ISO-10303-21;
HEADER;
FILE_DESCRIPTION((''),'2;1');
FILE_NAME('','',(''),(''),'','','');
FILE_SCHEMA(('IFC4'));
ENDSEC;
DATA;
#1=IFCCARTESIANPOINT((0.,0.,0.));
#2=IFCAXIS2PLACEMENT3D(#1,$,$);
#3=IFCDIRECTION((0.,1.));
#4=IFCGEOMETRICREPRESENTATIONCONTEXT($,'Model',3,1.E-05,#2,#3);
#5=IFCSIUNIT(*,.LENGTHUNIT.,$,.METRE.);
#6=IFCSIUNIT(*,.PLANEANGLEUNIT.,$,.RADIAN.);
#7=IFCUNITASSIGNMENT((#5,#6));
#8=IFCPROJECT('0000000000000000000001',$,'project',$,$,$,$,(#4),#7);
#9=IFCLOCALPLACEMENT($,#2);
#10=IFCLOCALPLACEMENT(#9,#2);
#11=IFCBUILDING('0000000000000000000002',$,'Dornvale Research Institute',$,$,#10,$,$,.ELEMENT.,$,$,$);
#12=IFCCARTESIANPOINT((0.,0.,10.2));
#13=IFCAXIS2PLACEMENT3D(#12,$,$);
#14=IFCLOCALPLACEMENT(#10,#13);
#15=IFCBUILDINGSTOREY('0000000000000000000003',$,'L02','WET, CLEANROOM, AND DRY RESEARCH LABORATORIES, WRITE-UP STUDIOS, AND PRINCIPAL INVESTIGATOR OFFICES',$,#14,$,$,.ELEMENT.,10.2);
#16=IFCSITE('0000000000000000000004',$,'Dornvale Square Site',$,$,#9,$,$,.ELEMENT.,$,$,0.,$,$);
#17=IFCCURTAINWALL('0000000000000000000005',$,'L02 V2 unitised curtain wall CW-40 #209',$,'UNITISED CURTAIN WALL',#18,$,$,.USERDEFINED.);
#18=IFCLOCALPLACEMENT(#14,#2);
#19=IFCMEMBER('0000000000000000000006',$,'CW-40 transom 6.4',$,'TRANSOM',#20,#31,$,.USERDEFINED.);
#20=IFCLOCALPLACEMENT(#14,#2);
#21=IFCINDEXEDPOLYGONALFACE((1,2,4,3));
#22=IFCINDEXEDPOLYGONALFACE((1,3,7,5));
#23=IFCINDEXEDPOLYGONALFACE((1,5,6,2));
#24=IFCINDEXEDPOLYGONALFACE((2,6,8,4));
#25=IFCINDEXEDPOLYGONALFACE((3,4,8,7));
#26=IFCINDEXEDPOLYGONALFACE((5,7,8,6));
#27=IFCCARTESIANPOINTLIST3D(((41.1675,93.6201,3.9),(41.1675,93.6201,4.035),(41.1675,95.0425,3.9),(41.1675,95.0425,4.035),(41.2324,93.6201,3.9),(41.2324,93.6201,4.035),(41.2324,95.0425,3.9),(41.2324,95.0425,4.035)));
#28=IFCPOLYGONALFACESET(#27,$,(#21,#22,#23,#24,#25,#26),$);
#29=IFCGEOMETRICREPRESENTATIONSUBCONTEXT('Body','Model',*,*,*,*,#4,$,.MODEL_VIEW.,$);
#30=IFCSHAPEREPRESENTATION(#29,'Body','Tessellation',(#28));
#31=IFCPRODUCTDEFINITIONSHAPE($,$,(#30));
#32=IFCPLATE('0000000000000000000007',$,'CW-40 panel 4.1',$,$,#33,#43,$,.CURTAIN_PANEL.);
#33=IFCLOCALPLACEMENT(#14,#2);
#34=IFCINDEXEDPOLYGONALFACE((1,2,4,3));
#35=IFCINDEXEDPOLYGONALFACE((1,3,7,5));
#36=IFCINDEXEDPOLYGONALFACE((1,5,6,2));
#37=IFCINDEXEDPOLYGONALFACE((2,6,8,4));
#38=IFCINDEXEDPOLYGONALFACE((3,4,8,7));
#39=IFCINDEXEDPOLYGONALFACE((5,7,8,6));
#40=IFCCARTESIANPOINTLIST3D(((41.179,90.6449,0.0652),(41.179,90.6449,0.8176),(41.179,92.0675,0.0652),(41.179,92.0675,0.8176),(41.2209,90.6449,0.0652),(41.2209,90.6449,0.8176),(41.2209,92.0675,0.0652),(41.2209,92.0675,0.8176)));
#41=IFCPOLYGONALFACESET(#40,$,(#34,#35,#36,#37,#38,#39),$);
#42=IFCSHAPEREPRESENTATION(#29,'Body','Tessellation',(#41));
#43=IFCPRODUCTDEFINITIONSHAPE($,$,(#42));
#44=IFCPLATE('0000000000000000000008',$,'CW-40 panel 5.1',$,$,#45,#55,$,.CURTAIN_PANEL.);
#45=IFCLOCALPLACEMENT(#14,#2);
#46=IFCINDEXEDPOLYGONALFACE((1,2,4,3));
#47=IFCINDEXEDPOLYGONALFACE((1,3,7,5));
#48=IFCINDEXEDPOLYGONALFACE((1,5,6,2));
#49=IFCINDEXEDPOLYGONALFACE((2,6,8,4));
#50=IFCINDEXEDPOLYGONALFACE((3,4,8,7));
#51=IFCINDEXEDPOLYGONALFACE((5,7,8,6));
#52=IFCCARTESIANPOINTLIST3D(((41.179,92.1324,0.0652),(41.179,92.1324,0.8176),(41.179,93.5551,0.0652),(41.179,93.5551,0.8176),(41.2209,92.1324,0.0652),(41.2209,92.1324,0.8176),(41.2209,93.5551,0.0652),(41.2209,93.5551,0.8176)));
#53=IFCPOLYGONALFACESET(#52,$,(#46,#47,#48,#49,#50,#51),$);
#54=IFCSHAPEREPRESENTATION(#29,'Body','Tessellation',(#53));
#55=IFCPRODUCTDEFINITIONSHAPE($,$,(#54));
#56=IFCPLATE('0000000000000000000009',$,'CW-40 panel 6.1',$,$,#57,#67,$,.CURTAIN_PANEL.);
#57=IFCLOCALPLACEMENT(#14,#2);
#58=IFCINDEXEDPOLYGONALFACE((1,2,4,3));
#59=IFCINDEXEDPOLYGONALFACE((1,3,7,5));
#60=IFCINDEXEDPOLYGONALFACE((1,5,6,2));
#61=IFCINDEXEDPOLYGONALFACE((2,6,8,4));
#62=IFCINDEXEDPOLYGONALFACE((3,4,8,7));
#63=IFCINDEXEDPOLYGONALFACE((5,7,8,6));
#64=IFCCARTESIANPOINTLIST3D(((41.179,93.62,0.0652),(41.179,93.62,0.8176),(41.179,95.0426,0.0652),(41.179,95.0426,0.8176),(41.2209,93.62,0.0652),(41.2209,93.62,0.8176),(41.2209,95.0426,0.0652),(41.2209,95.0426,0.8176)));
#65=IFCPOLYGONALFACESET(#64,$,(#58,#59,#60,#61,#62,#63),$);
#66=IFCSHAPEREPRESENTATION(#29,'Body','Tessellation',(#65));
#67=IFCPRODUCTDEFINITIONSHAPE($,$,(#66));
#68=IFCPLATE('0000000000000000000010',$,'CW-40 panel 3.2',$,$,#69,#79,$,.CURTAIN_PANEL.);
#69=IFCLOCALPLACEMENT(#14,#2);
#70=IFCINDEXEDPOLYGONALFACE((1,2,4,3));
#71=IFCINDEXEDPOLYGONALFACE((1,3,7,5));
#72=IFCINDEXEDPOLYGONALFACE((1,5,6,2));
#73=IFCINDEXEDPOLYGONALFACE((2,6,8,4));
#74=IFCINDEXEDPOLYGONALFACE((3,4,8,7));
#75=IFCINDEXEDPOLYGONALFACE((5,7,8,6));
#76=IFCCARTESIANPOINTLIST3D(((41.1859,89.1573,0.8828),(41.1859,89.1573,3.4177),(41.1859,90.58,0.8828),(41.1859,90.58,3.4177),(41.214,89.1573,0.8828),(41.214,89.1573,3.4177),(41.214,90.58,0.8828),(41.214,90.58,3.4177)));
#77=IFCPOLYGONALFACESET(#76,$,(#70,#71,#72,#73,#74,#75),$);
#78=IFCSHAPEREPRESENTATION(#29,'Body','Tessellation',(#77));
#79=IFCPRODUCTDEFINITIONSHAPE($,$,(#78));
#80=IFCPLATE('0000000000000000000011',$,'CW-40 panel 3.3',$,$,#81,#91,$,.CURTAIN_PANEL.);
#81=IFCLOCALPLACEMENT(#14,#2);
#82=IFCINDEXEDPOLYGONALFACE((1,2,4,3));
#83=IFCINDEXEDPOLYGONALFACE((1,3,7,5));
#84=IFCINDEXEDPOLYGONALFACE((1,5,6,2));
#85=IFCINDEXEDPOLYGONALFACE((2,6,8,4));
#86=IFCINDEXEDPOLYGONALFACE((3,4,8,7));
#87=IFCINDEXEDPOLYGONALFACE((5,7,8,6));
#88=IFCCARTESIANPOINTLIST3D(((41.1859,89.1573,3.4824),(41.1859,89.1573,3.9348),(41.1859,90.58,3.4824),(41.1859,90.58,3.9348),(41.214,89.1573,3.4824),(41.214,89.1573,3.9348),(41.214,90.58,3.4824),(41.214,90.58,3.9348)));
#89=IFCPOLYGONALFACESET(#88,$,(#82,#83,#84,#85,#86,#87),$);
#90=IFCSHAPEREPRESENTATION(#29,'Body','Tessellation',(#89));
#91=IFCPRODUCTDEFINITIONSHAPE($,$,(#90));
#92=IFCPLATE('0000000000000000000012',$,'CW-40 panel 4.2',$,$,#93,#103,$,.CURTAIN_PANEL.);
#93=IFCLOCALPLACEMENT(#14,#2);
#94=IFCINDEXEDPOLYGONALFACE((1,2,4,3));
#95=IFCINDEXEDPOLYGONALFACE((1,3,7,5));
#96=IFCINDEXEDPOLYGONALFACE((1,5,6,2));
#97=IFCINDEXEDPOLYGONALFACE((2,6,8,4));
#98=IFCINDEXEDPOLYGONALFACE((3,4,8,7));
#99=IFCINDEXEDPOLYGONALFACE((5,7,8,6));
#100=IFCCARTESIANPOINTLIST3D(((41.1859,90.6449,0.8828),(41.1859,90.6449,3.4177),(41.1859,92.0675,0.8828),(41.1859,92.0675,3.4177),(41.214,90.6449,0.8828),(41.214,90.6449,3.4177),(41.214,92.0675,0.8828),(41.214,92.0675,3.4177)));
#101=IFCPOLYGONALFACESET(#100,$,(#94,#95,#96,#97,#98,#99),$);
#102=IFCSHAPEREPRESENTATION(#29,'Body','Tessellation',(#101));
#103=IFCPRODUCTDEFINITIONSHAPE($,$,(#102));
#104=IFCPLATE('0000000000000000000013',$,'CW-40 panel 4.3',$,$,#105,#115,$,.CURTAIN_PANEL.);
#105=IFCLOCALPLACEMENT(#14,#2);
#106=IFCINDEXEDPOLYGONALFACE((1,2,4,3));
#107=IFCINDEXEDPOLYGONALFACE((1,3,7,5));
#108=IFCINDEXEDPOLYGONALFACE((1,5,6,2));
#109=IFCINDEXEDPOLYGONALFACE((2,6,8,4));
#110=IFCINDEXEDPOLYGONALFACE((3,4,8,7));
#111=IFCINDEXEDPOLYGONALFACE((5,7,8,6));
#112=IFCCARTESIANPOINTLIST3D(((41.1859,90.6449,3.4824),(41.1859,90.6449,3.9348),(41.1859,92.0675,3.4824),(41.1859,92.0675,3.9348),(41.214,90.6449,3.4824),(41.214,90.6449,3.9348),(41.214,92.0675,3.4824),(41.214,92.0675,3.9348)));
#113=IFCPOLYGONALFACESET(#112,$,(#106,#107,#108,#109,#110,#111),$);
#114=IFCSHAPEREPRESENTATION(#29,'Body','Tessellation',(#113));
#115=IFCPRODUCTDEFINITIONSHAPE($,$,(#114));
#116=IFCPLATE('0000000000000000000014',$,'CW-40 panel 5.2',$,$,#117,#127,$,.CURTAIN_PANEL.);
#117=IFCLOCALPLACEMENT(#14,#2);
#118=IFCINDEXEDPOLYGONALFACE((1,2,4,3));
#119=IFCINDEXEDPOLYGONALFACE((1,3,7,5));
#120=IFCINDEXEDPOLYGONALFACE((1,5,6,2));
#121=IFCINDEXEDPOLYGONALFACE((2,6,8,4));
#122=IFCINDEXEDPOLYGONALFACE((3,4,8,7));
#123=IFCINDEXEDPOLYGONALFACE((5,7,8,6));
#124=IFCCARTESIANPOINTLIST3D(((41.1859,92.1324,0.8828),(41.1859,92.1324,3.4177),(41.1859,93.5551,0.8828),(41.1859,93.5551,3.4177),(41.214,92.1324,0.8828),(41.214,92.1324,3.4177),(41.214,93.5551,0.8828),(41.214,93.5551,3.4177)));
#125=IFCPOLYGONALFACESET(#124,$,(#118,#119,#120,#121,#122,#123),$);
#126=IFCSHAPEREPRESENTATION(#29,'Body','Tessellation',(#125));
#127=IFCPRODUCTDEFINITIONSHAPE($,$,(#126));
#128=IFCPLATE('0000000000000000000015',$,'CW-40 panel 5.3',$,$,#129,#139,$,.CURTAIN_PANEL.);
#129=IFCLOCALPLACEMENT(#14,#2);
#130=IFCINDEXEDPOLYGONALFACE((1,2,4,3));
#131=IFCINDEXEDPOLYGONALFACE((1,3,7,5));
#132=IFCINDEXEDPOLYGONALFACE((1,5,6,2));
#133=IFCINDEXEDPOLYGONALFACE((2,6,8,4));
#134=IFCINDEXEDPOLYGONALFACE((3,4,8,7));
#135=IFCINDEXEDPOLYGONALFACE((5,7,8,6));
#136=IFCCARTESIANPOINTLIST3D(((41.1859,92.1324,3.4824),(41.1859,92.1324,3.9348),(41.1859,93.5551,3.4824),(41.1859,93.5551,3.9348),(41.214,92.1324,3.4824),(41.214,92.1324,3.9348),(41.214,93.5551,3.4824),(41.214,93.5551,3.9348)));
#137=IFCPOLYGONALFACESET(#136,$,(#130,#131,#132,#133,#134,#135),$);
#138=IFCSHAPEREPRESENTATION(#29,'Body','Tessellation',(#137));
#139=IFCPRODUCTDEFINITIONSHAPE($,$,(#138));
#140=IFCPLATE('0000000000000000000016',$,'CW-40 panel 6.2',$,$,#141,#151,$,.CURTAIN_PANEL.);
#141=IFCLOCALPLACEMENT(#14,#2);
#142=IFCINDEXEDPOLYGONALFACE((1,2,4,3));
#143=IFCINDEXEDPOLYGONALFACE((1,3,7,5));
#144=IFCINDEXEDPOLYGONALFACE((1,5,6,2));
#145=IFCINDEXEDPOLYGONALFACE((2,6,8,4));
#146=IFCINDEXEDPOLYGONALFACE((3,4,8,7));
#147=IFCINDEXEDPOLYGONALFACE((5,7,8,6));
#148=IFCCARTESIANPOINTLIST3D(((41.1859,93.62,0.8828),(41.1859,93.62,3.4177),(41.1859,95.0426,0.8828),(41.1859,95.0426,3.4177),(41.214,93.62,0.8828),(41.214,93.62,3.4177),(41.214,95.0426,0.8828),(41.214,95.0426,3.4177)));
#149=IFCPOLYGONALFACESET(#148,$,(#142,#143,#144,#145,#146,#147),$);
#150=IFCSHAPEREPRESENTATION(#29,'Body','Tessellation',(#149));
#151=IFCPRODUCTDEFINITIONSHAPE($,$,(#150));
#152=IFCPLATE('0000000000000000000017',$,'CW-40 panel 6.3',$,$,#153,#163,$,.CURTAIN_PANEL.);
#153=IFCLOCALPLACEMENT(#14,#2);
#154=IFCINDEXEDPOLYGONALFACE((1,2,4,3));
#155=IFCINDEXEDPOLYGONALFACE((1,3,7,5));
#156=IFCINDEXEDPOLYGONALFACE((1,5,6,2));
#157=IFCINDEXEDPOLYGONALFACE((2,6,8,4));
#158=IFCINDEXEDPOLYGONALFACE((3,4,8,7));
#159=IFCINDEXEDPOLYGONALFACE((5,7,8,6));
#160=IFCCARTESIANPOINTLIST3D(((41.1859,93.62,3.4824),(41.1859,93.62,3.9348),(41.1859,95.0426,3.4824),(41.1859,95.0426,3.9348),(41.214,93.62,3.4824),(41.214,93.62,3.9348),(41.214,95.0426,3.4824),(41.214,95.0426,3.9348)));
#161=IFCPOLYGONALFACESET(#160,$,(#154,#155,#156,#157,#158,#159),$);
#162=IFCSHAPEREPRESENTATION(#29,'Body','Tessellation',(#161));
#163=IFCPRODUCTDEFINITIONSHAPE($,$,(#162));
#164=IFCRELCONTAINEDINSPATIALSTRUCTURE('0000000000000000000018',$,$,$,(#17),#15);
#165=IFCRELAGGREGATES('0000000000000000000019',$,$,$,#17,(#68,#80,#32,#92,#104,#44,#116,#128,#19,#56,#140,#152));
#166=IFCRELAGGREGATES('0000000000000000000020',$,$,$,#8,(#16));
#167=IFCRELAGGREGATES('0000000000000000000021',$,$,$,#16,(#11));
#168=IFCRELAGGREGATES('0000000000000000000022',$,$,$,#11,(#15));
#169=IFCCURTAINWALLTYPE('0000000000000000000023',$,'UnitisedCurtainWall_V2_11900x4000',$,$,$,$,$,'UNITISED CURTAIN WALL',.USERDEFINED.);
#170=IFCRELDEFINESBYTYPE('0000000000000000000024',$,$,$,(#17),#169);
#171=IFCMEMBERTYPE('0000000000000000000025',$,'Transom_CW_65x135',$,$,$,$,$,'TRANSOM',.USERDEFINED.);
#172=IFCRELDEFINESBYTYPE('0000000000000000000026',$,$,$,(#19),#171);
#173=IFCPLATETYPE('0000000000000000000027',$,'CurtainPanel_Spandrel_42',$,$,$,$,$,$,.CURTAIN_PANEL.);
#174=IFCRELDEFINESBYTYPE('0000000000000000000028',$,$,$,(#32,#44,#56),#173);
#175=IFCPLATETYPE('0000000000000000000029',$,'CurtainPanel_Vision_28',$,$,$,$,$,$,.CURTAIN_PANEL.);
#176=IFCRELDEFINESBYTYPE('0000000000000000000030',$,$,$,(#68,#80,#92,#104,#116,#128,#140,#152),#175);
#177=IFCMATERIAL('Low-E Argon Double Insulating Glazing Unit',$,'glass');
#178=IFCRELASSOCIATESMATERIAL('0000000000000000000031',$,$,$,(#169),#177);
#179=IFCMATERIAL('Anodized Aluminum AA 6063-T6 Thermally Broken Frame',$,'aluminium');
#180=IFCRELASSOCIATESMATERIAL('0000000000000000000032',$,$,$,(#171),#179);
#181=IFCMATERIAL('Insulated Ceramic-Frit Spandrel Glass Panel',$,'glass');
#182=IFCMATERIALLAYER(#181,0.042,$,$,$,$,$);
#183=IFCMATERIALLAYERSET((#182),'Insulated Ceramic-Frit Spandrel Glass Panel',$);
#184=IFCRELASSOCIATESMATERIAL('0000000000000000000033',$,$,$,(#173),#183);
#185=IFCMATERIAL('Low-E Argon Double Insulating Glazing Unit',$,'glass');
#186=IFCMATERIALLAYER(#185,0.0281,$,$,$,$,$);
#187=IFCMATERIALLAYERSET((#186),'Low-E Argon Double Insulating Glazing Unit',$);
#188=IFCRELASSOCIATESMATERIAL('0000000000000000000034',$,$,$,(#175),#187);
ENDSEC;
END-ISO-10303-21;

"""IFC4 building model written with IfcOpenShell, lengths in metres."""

from ifc_helpers import new_model, si_unit, direction, frame, origin, origin_2d, place, context, subcontext, project, spatial, rectangle, extrude, material, layer, layer_set, material_profile, profile_set, type_object, element, aggregate, save


model = new_model("IFC4")

# Units and contexts
model_context = context("Model", 3, precision=1e-05, world=origin(), true_north=direction((0.0, 1.0)))
body_context = subcontext(model_context, "Body", "Model", "MODEL_VIEW")
ifc_project = project(units=[si_unit("LENGTHUNIT", "METRE"), si_unit("PLANEANGLEUNIT", "RADIAN")], contexts=[model_context])

# Site, building, storey
site_placement = place(None, origin())
site = spatial("IfcSite", under=ifc_project, at=site_placement, Name="Dornvale Square Site", CompositionType="ELEMENT", RefElevation=0.0)
building_placement = place(site_placement, origin())
building = spatial("IfcBuilding", under=site, at=building_placement, Name="Dornvale Research Institute", CompositionType="ELEMENT")
storey_placement = place(building_placement, frame((0.0, 0.0, 10.2)))
storey = spatial("IfcBuildingStorey", under=building, at=storey_placement, Name="L02", Description="WET, CLEANROOM, AND DRY RESEARCH LABORATORIES, WRITE-UP STUDIOS, AND PRINCIPAL INVESTIGATOR OFFICES", CompositionType="ELEMENT", Elevation=10.2)

# Curtain wall, member, plates
ifc_material_1 = material(Name="Low-E Argon Double Insulating Glazing Unit", Category="glass")
curtain_wall_type = type_object("IfcCurtainWallType", Name="UnitisedCurtainWall_V2_11900x4000", ElementType="UNITISED CURTAIN WALL", PredefinedType="USERDEFINED", material=ifc_material_1)
curtain_wall_placement = place(storey_placement, origin())
curtain_wall = element("IfcCurtainWall", 1, at=curtain_wall_placement, inside=storey, type_object=curtain_wall_type, Name="L02 V2 unitised curtain wall CW-40 #209", ObjectType="UNITISED CURTAIN WALL", PredefinedType="USERDEFINED")
ifc_material_2 = material(Name="Anodized Aluminum AA 6063-T6 Thermally Broken Frame", Category="aluminium")
ifc_material_profile_1 = material_profile(ifc_material_2, rectangle(XDim=0.0649, YDim=0.135, at=origin_2d()), Name="ALU TRANSOM 65x135")
ifc_profile_set_1 = profile_set([ifc_material_profile_1], Name="Anodized Aluminum AA 6063-T6 Thermally Broken Frame")
member_type_1 = type_object("IfcMemberType", Name="Transom_CW_65x135", ElementType="TRANSOM", PredefinedType="USERDEFINED", material=ifc_profile_set_1)
member_1_placement = place(storey_placement, frame((41.2, 93.6201, 3.9675), z_axis=(0.0, 1.0, 0.0), x_axis=(-1.0, 0.0, 0.0)))
member_1 = element("IfcMember", 2, at=member_1_placement, type_object=member_type_1, Name="CW-40 transom 6.4", ObjectType="TRANSOM", PredefinedType="USERDEFINED", context=body_context, shape_type="SweptSolid", body=[
    extrude(rectangle(XDim=0.0649, YDim=0.135, at=origin_2d()), origin(), (0.0, 0.0, 1.0), 1.4224),
])
ifc_material_3 = material(Name="Insulated Ceramic-Frit Spandrel Glass Panel", Category="glass")
ifc_layer_1 = layer(ifc_material_3, 0.042)
ifc_layer_set_1 = layer_set([ifc_layer_1], Name="Insulated Ceramic-Frit Spandrel Glass Panel")
plate_type_1 = type_object("IfcPlateType", Name="CurtainPanel_Spandrel_42", PredefinedType="CURTAIN_PANEL", material=ifc_layer_set_1)
plate_1_placement = place(storey_placement, frame((41.2, 91.3562, 0.0652), z_axis=(0.0, 0.0, 1.0), x_axis=(0.0, 1.0, 0.0)))
plate_1 = element("IfcPlate", 3, at=plate_1_placement, type_object=plate_type_1, Name="CW-40 panel 4.1", PredefinedType="CURTAIN_PANEL", context=body_context, shape_type="SweptSolid", body=[
    extrude(rectangle(XDim=1.4226, YDim=0.042, at=origin_2d()), origin(), (0.0, 0.0, 1.0), 0.7524),
])
plate_2_placement = place(storey_placement, frame((41.2, 92.8438, 0.0652), z_axis=(0.0, 0.0, 1.0), x_axis=(0.0, 1.0, 0.0)))
plate_2 = element("IfcPlate", 4, at=plate_2_placement, type_object=plate_type_1, Name="CW-40 panel 5.1", PredefinedType="CURTAIN_PANEL", context=body_context, shape_type="SweptSolid", body=[
    extrude(rectangle(XDim=1.4226, YDim=0.042, at=origin_2d()), origin(), (0.0, 0.0, 1.0), 0.7524),
])
plate_3_placement = place(storey_placement, frame((41.2, 94.3313, 0.0652), z_axis=(0.0, 0.0, 1.0), x_axis=(0.0, 1.0, 0.0)))
plate_3 = element("IfcPlate", 5, at=plate_3_placement, type_object=plate_type_1, Name="CW-40 panel 6.1", PredefinedType="CURTAIN_PANEL", context=body_context, shape_type="SweptSolid", body=[
    extrude(rectangle(XDim=1.4226, YDim=0.042, at=origin_2d()), origin(), (0.0, 0.0, 1.0), 0.7524),
])
ifc_material_4 = material(Name="Low-E Argon Double Insulating Glazing Unit", Category="glass")
ifc_layer_2 = layer(ifc_material_4, 0.0281)
ifc_layer_set_2 = layer_set([ifc_layer_2], Name="Low-E Argon Double Insulating Glazing Unit")
plate_type_2 = type_object("IfcPlateType", Name="CurtainPanel_Vision_28", PredefinedType="CURTAIN_PANEL", material=ifc_layer_set_2)
plate_4_placement = place(storey_placement, frame((41.2, 89.8687, 0.8828), z_axis=(0.0, 0.0, 1.0), x_axis=(0.0, 1.0, 0.0)))
plate_4 = element("IfcPlate", 6, at=plate_4_placement, type_object=plate_type_2, Name="CW-40 panel 3.2", PredefinedType="CURTAIN_PANEL", context=body_context, shape_type="SweptSolid", body=[
    extrude(rectangle(XDim=1.4226, YDim=0.0281, at=origin_2d()), origin(), (0.0, 0.0, 1.0), 2.5349),
])
plate_5_placement = place(storey_placement, frame((41.2, 89.8687, 3.4824), z_axis=(0.0, 0.0, 1.0), x_axis=(0.0, 1.0, 0.0)))
plate_5 = element("IfcPlate", 7, at=plate_5_placement, type_object=plate_type_2, Name="CW-40 panel 3.3", PredefinedType="CURTAIN_PANEL", context=body_context, shape_type="SweptSolid", body=[
    extrude(rectangle(XDim=1.4226, YDim=0.0281, at=origin_2d()), origin(), (0.0, 0.0, 1.0), 0.4524),
])
plate_6_placement = place(storey_placement, frame((41.2, 91.3562, 0.8828), z_axis=(0.0, 0.0, 1.0), x_axis=(0.0, 1.0, 0.0)))
plate_6 = element("IfcPlate", 8, at=plate_6_placement, type_object=plate_type_2, Name="CW-40 panel 4.2", PredefinedType="CURTAIN_PANEL", context=body_context, shape_type="SweptSolid", body=[
    extrude(rectangle(XDim=1.4226, YDim=0.0281, at=origin_2d()), origin(), (0.0, 0.0, 1.0), 2.5349),
])
plate_7_placement = place(storey_placement, frame((41.2, 91.3562, 3.4824), z_axis=(0.0, 0.0, 1.0), x_axis=(0.0, 1.0, 0.0)))
plate_7 = element("IfcPlate", 9, at=plate_7_placement, type_object=plate_type_2, Name="CW-40 panel 4.3", PredefinedType="CURTAIN_PANEL", context=body_context, shape_type="SweptSolid", body=[
    extrude(rectangle(XDim=1.4226, YDim=0.0281, at=origin_2d()), origin(), (0.0, 0.0, 1.0), 0.4524),
])
plate_8_placement = place(storey_placement, frame((41.2, 92.8438, 0.8828), z_axis=(0.0, 0.0, 1.0), x_axis=(0.0, 1.0, 0.0)))
plate_8 = element("IfcPlate", 10, at=plate_8_placement, type_object=plate_type_2, Name="CW-40 panel 5.2", PredefinedType="CURTAIN_PANEL", context=body_context, shape_type="SweptSolid", body=[
    extrude(rectangle(XDim=1.4226, YDim=0.0281, at=origin_2d()), origin(), (0.0, 0.0, 1.0), 2.5349),
])
plate_9_placement = place(storey_placement, frame((41.2, 92.8438, 3.4824), z_axis=(0.0, 0.0, 1.0), x_axis=(0.0, 1.0, 0.0)))
plate_9 = element("IfcPlate", 11, at=plate_9_placement, type_object=plate_type_2, Name="CW-40 panel 5.3", PredefinedType="CURTAIN_PANEL", context=body_context, shape_type="SweptSolid", body=[
    extrude(rectangle(XDim=1.4226, YDim=0.0281, at=origin_2d()), origin(), (0.0, 0.0, 1.0), 0.4524),
])
plate_10_placement = place(storey_placement, frame((41.2, 94.3313, 0.8828), z_axis=(0.0, 0.0, 1.0), x_axis=(0.0, 1.0, 0.0)))
plate_10 = element("IfcPlate", 12, at=plate_10_placement, type_object=plate_type_2, Name="CW-40 panel 6.2", PredefinedType="CURTAIN_PANEL", context=body_context, shape_type="SweptSolid", body=[
    extrude(rectangle(XDim=1.4226, YDim=0.0281, at=origin_2d()), origin(), (0.0, 0.0, 1.0), 2.5349),
])
plate_11_placement = place(storey_placement, frame((41.2, 94.3313, 3.4824), z_axis=(0.0, 0.0, 1.0), x_axis=(0.0, 1.0, 0.0)))
plate_11 = element("IfcPlate", 13, at=plate_11_placement, type_object=plate_type_2, Name="CW-40 panel 6.3", PredefinedType="CURTAIN_PANEL", context=body_context, shape_type="SweptSolid", body=[
    extrude(rectangle(XDim=1.4226, YDim=0.0281, at=origin_2d()), origin(), (0.0, 0.0, 1.0), 0.4524),
])
aggregate(curtain_wall, [plate_4, plate_5, plate_1, plate_6, plate_7, plate_2, plate_8, plate_9, member_1, plate_3, plate_10, plate_11])

save(model, "model.ifc")
